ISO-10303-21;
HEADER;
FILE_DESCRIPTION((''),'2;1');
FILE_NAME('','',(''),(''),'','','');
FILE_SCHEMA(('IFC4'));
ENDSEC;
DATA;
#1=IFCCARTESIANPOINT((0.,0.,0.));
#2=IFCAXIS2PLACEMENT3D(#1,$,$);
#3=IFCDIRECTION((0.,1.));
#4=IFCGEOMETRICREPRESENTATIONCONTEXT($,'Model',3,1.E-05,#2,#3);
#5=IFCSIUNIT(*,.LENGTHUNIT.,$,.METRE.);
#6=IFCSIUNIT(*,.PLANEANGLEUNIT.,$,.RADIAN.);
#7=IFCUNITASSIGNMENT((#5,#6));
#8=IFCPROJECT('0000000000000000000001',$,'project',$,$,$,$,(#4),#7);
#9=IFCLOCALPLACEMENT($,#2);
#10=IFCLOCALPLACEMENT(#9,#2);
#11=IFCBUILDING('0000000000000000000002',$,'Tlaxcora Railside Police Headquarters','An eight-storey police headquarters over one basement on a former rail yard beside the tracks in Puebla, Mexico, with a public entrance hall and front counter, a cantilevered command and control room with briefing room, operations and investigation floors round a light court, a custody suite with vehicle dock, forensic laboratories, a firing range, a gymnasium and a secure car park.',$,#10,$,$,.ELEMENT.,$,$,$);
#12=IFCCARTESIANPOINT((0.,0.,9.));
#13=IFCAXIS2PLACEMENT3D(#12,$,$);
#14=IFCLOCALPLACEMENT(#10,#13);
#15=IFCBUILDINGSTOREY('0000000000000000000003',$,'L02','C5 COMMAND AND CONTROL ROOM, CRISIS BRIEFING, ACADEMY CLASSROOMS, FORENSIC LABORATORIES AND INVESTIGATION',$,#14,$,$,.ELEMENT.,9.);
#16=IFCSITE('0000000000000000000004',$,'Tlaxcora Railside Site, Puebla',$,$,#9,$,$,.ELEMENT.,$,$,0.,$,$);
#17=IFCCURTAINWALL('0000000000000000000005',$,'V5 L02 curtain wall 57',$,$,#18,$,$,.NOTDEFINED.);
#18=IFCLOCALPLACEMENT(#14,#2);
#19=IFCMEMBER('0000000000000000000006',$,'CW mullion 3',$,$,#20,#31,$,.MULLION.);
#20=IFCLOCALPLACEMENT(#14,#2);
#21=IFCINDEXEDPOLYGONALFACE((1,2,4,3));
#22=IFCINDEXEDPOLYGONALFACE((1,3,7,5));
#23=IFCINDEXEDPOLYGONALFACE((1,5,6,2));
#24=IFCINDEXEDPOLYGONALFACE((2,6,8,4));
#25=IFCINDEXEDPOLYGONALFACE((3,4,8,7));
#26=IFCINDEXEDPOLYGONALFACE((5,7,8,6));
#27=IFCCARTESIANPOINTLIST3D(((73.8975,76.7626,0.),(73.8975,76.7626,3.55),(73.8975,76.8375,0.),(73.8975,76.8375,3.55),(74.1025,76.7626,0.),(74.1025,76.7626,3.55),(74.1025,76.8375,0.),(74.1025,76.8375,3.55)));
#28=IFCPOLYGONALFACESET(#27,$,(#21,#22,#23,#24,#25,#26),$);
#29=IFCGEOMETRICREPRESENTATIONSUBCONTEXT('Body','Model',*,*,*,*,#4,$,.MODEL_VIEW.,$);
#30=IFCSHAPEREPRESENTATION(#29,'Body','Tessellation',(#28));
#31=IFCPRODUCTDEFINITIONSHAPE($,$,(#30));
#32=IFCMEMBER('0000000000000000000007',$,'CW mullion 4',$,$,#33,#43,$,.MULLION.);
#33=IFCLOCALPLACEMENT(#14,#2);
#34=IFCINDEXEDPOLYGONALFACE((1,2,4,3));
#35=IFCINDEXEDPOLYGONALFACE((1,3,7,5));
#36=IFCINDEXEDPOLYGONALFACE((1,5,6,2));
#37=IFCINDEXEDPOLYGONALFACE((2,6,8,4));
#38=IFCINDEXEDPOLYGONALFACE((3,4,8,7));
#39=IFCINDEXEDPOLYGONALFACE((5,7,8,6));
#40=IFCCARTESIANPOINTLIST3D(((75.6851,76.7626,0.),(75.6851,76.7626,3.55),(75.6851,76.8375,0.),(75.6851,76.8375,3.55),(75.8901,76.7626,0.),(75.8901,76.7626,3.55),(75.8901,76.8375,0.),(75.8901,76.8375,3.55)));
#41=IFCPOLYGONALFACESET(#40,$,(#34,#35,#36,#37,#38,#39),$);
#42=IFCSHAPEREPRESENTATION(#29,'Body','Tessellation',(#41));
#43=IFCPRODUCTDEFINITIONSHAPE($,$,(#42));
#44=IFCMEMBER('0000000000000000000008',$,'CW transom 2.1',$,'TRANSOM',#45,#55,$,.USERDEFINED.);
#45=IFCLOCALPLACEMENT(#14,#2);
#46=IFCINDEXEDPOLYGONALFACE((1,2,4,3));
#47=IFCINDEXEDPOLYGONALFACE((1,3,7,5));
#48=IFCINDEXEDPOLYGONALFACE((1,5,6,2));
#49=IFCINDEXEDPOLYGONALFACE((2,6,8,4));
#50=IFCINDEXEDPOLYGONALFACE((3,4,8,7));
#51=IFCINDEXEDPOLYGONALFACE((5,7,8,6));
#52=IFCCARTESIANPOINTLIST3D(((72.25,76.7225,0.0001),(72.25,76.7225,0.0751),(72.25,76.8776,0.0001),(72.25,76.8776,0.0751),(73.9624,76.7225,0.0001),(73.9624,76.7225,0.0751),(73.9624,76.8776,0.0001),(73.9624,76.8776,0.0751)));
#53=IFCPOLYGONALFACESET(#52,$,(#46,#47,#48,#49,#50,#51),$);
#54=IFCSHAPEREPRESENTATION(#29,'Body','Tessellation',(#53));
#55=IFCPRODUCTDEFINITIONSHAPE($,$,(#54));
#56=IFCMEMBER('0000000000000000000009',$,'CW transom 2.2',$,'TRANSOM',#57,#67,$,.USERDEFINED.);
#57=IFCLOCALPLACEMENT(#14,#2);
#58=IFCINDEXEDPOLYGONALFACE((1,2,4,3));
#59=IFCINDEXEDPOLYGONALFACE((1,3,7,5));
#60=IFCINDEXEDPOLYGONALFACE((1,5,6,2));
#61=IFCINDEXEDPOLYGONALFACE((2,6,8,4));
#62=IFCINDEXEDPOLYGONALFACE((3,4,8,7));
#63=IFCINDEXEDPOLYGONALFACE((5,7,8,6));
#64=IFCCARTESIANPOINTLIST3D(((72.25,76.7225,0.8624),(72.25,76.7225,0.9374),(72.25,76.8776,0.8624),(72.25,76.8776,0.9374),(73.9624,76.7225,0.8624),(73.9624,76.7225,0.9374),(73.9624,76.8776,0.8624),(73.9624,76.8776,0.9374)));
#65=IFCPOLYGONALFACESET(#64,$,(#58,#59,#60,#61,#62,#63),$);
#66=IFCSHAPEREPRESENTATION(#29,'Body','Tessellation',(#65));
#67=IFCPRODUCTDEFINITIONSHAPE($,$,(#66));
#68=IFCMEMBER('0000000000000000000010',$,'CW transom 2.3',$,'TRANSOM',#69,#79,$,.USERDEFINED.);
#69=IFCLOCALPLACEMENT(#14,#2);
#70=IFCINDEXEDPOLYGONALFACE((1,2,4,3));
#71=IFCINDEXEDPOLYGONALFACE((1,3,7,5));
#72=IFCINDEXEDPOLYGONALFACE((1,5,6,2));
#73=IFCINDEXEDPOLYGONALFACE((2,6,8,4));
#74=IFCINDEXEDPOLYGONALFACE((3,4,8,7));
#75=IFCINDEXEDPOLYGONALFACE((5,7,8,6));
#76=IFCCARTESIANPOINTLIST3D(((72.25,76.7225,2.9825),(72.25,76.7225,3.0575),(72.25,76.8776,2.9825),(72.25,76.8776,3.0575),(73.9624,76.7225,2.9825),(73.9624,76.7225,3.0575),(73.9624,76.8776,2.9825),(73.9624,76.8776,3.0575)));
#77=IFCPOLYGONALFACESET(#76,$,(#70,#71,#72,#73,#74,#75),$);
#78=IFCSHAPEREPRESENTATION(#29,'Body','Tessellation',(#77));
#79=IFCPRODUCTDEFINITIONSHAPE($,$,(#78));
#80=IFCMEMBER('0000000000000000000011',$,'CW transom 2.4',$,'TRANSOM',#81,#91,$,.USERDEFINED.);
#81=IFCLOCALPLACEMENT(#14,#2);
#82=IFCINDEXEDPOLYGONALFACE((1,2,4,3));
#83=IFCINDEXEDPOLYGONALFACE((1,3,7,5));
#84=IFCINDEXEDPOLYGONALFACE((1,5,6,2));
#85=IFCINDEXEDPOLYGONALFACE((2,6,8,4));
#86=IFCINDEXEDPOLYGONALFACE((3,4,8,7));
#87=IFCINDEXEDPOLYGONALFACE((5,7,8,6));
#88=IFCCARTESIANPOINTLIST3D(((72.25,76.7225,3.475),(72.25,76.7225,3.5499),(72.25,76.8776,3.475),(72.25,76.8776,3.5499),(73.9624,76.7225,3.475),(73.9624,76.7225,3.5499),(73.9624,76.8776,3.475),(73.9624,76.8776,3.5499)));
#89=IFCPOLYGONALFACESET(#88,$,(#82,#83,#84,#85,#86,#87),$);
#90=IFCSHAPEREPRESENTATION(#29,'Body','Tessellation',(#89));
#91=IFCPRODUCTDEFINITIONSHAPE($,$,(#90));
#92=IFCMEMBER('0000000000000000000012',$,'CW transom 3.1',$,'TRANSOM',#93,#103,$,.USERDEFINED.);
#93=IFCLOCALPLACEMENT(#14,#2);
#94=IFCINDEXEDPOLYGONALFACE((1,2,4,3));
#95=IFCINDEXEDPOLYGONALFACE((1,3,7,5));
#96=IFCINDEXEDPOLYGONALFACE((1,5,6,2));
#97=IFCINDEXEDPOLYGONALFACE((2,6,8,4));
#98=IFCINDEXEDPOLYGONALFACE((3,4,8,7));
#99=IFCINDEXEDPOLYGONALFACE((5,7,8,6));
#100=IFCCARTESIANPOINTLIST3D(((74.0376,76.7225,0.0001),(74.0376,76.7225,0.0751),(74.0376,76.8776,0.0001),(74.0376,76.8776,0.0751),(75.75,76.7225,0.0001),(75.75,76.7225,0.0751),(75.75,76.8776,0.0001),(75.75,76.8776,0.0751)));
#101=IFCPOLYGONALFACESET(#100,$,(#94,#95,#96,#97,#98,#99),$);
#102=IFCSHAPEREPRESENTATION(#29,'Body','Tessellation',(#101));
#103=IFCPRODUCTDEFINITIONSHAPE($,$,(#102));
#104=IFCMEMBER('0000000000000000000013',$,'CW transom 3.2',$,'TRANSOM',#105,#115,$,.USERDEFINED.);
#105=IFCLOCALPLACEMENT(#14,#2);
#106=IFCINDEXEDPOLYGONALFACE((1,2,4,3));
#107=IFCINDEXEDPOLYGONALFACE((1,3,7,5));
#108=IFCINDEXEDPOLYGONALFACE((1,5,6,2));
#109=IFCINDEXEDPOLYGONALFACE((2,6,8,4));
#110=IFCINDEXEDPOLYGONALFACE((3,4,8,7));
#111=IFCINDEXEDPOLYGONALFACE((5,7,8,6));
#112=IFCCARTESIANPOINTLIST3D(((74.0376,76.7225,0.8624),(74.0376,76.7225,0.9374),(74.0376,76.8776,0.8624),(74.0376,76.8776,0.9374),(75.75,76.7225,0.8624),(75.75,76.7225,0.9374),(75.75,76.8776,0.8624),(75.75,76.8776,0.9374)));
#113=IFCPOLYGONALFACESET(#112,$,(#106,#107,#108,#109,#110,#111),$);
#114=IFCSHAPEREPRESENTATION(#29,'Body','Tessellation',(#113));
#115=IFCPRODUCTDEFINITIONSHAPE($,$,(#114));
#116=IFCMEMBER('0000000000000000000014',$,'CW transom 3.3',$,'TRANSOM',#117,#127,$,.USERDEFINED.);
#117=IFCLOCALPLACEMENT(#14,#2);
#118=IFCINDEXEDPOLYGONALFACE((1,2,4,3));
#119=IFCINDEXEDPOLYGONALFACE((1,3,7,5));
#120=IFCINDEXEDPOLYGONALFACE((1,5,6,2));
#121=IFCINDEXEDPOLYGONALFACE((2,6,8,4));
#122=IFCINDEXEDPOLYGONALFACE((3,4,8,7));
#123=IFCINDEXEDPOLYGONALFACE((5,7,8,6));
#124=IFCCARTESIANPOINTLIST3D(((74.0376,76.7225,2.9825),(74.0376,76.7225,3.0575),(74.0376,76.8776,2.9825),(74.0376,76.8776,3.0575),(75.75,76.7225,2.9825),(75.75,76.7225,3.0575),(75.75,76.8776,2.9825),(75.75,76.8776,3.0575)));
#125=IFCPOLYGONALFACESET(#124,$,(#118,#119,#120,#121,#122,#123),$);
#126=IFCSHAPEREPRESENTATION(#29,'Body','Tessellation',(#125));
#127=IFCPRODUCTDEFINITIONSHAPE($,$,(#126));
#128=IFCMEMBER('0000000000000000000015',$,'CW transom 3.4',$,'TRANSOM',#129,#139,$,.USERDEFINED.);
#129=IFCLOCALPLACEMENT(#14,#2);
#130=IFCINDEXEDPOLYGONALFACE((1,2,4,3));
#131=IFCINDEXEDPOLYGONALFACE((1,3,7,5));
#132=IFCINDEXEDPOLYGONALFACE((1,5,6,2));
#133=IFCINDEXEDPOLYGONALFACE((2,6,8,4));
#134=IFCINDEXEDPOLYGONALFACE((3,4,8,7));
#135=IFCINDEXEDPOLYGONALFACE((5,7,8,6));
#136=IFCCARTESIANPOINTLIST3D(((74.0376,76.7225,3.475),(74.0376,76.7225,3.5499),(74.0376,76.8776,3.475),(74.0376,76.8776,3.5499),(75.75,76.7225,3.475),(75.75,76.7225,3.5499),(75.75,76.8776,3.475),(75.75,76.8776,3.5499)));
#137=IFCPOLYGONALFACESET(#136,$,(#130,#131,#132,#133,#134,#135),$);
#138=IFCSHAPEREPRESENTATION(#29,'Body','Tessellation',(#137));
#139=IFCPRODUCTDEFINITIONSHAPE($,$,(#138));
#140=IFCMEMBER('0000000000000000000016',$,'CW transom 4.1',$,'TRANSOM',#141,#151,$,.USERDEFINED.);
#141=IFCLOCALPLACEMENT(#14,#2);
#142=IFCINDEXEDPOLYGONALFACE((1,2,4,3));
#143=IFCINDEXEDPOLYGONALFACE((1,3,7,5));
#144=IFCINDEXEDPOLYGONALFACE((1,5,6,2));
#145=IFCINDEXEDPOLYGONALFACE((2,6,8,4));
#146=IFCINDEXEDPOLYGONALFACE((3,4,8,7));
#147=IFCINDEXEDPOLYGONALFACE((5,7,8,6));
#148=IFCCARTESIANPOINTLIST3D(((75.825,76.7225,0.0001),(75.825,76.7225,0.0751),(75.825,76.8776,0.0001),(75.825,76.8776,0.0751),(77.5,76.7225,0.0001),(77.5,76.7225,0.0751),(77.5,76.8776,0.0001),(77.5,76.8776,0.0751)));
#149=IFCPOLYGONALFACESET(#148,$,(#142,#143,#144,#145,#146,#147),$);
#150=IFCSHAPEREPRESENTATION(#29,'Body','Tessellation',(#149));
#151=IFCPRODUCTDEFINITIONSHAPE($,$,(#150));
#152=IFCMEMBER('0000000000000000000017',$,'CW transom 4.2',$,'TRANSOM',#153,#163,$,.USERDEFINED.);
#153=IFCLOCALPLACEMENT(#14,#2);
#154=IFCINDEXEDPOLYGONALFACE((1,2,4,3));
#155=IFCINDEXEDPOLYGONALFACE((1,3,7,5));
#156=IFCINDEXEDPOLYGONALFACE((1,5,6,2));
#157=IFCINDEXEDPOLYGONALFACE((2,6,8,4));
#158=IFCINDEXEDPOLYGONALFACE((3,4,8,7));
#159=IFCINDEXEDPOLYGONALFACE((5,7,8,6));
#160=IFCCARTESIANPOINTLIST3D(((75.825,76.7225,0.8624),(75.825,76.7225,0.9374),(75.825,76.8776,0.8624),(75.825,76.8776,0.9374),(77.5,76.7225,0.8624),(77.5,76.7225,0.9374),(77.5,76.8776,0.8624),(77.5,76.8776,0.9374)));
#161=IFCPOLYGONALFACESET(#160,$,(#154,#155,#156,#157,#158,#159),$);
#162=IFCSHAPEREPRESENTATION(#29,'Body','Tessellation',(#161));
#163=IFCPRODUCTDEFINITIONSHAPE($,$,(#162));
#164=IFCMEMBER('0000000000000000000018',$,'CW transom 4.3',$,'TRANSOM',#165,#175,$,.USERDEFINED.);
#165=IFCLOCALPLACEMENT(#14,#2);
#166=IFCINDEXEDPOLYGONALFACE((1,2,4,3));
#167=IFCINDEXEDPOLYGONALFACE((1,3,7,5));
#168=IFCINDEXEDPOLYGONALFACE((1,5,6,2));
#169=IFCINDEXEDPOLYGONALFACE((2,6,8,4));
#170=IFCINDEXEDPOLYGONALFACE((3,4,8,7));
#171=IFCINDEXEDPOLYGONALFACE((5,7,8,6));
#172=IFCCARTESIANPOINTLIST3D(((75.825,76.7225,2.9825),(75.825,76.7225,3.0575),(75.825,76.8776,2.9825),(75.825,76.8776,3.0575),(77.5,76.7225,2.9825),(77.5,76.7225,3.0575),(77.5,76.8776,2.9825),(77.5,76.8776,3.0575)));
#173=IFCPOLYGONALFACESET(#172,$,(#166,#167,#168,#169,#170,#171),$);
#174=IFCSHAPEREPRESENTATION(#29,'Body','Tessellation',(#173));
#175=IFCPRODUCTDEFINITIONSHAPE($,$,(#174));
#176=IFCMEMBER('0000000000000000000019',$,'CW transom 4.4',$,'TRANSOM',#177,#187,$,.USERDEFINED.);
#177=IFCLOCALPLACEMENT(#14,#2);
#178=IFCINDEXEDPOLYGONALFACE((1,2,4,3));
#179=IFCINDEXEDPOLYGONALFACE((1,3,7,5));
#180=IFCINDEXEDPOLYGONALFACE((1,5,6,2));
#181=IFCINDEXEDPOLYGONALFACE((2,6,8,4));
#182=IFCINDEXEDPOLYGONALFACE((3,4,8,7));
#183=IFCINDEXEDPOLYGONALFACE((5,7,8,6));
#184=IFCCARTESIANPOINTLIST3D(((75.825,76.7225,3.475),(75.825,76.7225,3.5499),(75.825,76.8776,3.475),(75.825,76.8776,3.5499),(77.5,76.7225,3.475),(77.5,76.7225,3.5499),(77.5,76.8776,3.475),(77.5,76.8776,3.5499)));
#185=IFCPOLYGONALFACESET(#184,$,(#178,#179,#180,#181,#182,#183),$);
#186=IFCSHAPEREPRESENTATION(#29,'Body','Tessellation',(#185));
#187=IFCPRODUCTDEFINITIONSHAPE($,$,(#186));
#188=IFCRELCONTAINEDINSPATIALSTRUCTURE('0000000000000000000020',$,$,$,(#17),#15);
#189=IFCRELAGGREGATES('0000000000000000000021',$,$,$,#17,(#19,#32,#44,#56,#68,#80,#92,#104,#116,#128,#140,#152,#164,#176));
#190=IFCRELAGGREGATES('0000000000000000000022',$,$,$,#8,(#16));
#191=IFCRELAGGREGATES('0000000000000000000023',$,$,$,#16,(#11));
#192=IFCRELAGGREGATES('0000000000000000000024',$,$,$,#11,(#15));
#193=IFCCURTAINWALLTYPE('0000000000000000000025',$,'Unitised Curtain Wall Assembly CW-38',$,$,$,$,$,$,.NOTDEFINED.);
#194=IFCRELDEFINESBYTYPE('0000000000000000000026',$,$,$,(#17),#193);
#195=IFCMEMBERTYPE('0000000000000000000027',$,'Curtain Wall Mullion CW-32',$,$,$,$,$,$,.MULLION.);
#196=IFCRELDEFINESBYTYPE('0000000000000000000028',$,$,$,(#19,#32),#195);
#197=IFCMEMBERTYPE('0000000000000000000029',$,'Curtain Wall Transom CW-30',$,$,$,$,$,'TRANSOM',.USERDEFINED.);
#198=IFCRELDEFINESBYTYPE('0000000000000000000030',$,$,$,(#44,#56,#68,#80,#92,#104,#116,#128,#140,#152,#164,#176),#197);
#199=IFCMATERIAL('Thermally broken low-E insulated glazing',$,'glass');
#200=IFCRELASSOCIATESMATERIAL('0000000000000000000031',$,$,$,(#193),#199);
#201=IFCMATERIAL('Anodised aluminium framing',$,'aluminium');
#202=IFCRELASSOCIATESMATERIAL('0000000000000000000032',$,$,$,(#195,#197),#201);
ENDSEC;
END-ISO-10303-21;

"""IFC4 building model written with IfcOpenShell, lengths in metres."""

from ifc_helpers import new_model, si_unit, direction, frame, origin, origin_2d, place, context, subcontext, project, spatial, rectangle, extrude, material, material_profile, profile_set, type_object, element, aggregate, save


model = new_model("IFC4")

# Units and contexts
model_context = context("Model", 3, precision=1e-05, world=origin(), true_north=direction((0.0, 1.0)))
body_context = subcontext(model_context, "Body", "Model", "MODEL_VIEW")
ifc_project = project(units=[si_unit("LENGTHUNIT", "METRE"), si_unit("PLANEANGLEUNIT", "RADIAN")], contexts=[model_context])

# Site, building, storey
site_placement = place(None, origin())
site = spatial("IfcSite", under=ifc_project, at=site_placement, Name="Tlaxcora Railside Site, Puebla", CompositionType="ELEMENT", RefElevation=0.0)
building_placement = place(site_placement, origin())
building = spatial("IfcBuilding", under=site, at=building_placement, Name="Tlaxcora Railside Police Headquarters", Description="An eight-storey police headquarters over one basement on a former rail yard beside the tracks in Puebla, Mexico, with a public entrance hall and front counter, a cantilevered command and control room with briefing room, operations and investigation floors round a light court, a custody suite with vehicle dock, forensic laboratories, a firing range, a gymnasium and a secure car park.", CompositionType="ELEMENT")
storey_placement = place(building_placement, frame((0.0, 0.0, 9.0)))
storey = spatial("IfcBuildingStorey", under=building, at=storey_placement, Name="L02", Description="C5 COMMAND AND CONTROL ROOM, CRISIS BRIEFING, ACADEMY CLASSROOMS, FORENSIC LABORATORIES AND INVESTIGATION", CompositionType="ELEMENT", Elevation=9.0)

# Curtain wall, members
ifc_material_1 = material(Name="Thermally broken low-E insulated glazing", Category="glass")
curtain_wall_type = type_object("IfcCurtainWallType", Name="Unitised Curtain Wall Assembly CW-38", PredefinedType="NOTDEFINED", material=ifc_material_1)
curtain_wall_placement = place(storey_placement, origin())
curtain_wall = element("IfcCurtainWall", 1, at=curtain_wall_placement, inside=storey, type_object=curtain_wall_type, Name="V5 L02 curtain wall 57", PredefinedType="NOTDEFINED")
ifc_material_2 = material(Name="Anodised aluminium framing", Category="aluminium")
ifc_material_profile_1 = material_profile(ifc_material_2, rectangle(XDim=0.075, YDim=0.2051, at=origin_2d()), Name="AL75X205")
ifc_profile_set_1 = profile_set([ifc_material_profile_1], Name="Anodised aluminium framing")
member_type_1 = type_object("IfcMemberType", Name="Curtain Wall Mullion CW-32", PredefinedType="MULLION", material=ifc_profile_set_1)
member_1_placement = place(storey_placement, frame((74.0, 76.8, 0.0), z_axis=(0.0, 0.0, 1.0), x_axis=(0.0, 1.0, 0.0)))
member_1 = element("IfcMember", 2, at=member_1_placement, type_object=member_type_1, Name="CW mullion 3", PredefinedType="MULLION", context=body_context, shape_type="SweptSolid", body=[
    extrude(rectangle(XDim=0.075, YDim=0.2051, at=origin_2d()), origin(), (0.0, 0.0, 1.0), 3.55),
])
member_2_placement = place(storey_placement, frame((75.7876, 76.8, 0.0), z_axis=(0.0, 0.0, 1.0), x_axis=(0.0, 1.0, 0.0)))
member_2 = element("IfcMember", 3, at=member_2_placement, type_object=member_type_1, Name="CW mullion 4", PredefinedType="MULLION", context=body_context, shape_type="SweptSolid", body=[
    extrude(rectangle(XDim=0.075, YDim=0.2051, at=origin_2d()), origin(), (0.0, 0.0, 1.0), 3.55),
])
ifc_material_profile_2 = material_profile(ifc_material_2, rectangle(XDim=0.155, YDim=0.075, at=origin_2d()), Name="AL75X155")
ifc_profile_set_2 = profile_set([ifc_material_profile_2], Name="Anodised aluminium framing")
member_type_2 = type_object("IfcMemberType", Name="Curtain Wall Transom CW-30", ElementType="TRANSOM", PredefinedType="USERDEFINED", material=ifc_profile_set_2)
member_3_placement = place(storey_placement, frame((72.25, 76.8, 0.0376), z_axis=(1.0, 0.0, 0.0), x_axis=(0.0, 1.0, 0.0)))
member_3 = element("IfcMember", 4, at=member_3_placement, type_object=member_type_2, Name="CW transom 2.1", ObjectType="TRANSOM", PredefinedType="USERDEFINED", context=body_context, shape_type="SweptSolid", body=[
    extrude(rectangle(XDim=0.155, YDim=0.075, at=origin_2d()), origin(), (0.0, 0.0, 1.0), 1.7124),
])
member_4_placement = place(storey_placement, frame((72.25, 76.8, 0.8999), z_axis=(1.0, 0.0, 0.0), x_axis=(0.0, 1.0, 0.0)))
member_4 = element("IfcMember", 5, at=member_4_placement, type_object=member_type_2, Name="CW transom 2.2", ObjectType="TRANSOM", PredefinedType="USERDEFINED", context=body_context, shape_type="SweptSolid", body=[
    extrude(rectangle(XDim=0.155, YDim=0.075, at=origin_2d()), origin(), (0.0, 0.0, 1.0), 1.7124),
])
member_5_placement = place(storey_placement, frame((72.25, 76.8, 3.02), z_axis=(1.0, 0.0, 0.0), x_axis=(0.0, 1.0, 0.0)))
member_5 = element("IfcMember", 6, at=member_5_placement, type_object=member_type_2, Name="CW transom 2.3", ObjectType="TRANSOM", PredefinedType="USERDEFINED", context=body_context, shape_type="SweptSolid", body=[
    extrude(rectangle(XDim=0.155, YDim=0.075, at=origin_2d()), origin(), (0.0, 0.0, 1.0), 1.7124),
])
member_6_placement = place(storey_placement, frame((72.25, 76.8, 3.5125), z_axis=(1.0, 0.0, 0.0), x_axis=(0.0, 1.0, 0.0)))
member_6 = element("IfcMember", 7, at=member_6_placement, type_object=member_type_2, Name="CW transom 2.4", ObjectType="TRANSOM", PredefinedType="USERDEFINED", context=body_context, shape_type="SweptSolid", body=[
    extrude(rectangle(XDim=0.155, YDim=0.075, at=origin_2d()), origin(), (0.0, 0.0, 1.0), 1.7124),
])
member_7_placement = place(storey_placement, frame((74.0376, 76.8, 0.0376), z_axis=(1.0, 0.0, 0.0), x_axis=(0.0, 1.0, 0.0)))
member_7 = element("IfcMember", 8, at=member_7_placement, type_object=member_type_2, Name="CW transom 3.1", ObjectType="TRANSOM", PredefinedType="USERDEFINED", context=body_context, shape_type="SweptSolid", body=[
    extrude(rectangle(XDim=0.155, YDim=0.075, at=origin_2d()), origin(), (0.0, 0.0, 1.0), 1.7124),
])
member_8_placement = place(storey_placement, frame((74.0376, 76.8, 0.8999), z_axis=(1.0, 0.0, 0.0), x_axis=(0.0, 1.0, 0.0)))
member_8 = element("IfcMember", 9, at=member_8_placement, type_object=member_type_2, Name="CW transom 3.2", ObjectType="TRANSOM", PredefinedType="USERDEFINED", context=body_context, shape_type="SweptSolid", body=[
    extrude(rectangle(XDim=0.155, YDim=0.075, at=origin_2d()), origin(), (0.0, 0.0, 1.0), 1.7124),
])
member_9_placement = place(storey_placement, frame((74.0376, 76.8, 3.02), z_axis=(1.0, 0.0, 0.0), x_axis=(0.0, 1.0, 0.0)))
member_9 = element("IfcMember", 10, at=member_9_placement, type_object=member_type_2, Name="CW transom 3.3", ObjectType="TRANSOM", PredefinedType="USERDEFINED", context=body_context, shape_type="SweptSolid", body=[
    extrude(rectangle(XDim=0.155, YDim=0.075, at=origin_2d()), origin(), (0.0, 0.0, 1.0), 1.7124),
])
member_10_placement = place(storey_placement, frame((74.0376, 76.8, 3.5125), z_axis=(1.0, 0.0, 0.0), x_axis=(0.0, 1.0, 0.0)))
member_10 = element("IfcMember", 11, at=member_10_placement, type_object=member_type_2, Name="CW transom 3.4", ObjectType="TRANSOM", PredefinedType="USERDEFINED", context=body_context, shape_type="SweptSolid", body=[
    extrude(rectangle(XDim=0.155, YDim=0.075, at=origin_2d()), origin(), (0.0, 0.0, 1.0), 1.7124),
])
member_11_placement = place(storey_placement, frame((75.825, 76.8, 0.0376), z_axis=(1.0, 0.0, 0.0), x_axis=(0.0, 1.0, 0.0)))
member_11 = element("IfcMember", 12, at=member_11_placement, type_object=member_type_2, Name="CW transom 4.1", ObjectType="TRANSOM", PredefinedType="USERDEFINED", context=body_context, shape_type="SweptSolid", body=[
    extrude(rectangle(XDim=0.155, YDim=0.075, at=origin_2d()), origin(), (0.0, 0.0, 1.0), 1.675),
])
member_12_placement = place(storey_placement, frame((75.825, 76.8, 0.8999), z_axis=(1.0, 0.0, 0.0), x_axis=(0.0, 1.0, 0.0)))
member_12 = element("IfcMember", 13, at=member_12_placement, type_object=member_type_2, Name="CW transom 4.2", ObjectType="TRANSOM", PredefinedType="USERDEFINED", context=body_context, shape_type="SweptSolid", body=[
    extrude(rectangle(XDim=0.155, YDim=0.075, at=origin_2d()), origin(), (0.0, 0.0, 1.0), 1.675),
])
member_13_placement = place(storey_placement, frame((75.825, 76.8, 3.02), z_axis=(1.0, 0.0, 0.0), x_axis=(0.0, 1.0, 0.0)))
member_13 = element("IfcMember", 14, at=member_13_placement, type_object=member_type_2, Name="CW transom 4.3", ObjectType="TRANSOM", PredefinedType="USERDEFINED", context=body_context, shape_type="SweptSolid", body=[
    extrude(rectangle(XDim=0.155, YDim=0.075, at=origin_2d()), origin(), (0.0, 0.0, 1.0), 1.675),
])
member_14_placement = place(storey_placement, frame((75.825, 76.8, 3.5125), z_axis=(1.0, 0.0, 0.0), x_axis=(0.0, 1.0, 0.0)))
member_14 = element("IfcMember", 15, at=member_14_placement, type_object=member_type_2, Name="CW transom 4.4", ObjectType="TRANSOM", PredefinedType="USERDEFINED", context=body_context, shape_type="SweptSolid", body=[
    extrude(rectangle(XDim=0.155, YDim=0.075, at=origin_2d()), origin(), (0.0, 0.0, 1.0), 1.675),
])
aggregate(curtain_wall, [member_1, member_2, member_3, member_4, member_5, member_6, member_7, member_8, member_9, member_10, member_11, member_12, member_13, member_14])

save(model, "model.ifc")
